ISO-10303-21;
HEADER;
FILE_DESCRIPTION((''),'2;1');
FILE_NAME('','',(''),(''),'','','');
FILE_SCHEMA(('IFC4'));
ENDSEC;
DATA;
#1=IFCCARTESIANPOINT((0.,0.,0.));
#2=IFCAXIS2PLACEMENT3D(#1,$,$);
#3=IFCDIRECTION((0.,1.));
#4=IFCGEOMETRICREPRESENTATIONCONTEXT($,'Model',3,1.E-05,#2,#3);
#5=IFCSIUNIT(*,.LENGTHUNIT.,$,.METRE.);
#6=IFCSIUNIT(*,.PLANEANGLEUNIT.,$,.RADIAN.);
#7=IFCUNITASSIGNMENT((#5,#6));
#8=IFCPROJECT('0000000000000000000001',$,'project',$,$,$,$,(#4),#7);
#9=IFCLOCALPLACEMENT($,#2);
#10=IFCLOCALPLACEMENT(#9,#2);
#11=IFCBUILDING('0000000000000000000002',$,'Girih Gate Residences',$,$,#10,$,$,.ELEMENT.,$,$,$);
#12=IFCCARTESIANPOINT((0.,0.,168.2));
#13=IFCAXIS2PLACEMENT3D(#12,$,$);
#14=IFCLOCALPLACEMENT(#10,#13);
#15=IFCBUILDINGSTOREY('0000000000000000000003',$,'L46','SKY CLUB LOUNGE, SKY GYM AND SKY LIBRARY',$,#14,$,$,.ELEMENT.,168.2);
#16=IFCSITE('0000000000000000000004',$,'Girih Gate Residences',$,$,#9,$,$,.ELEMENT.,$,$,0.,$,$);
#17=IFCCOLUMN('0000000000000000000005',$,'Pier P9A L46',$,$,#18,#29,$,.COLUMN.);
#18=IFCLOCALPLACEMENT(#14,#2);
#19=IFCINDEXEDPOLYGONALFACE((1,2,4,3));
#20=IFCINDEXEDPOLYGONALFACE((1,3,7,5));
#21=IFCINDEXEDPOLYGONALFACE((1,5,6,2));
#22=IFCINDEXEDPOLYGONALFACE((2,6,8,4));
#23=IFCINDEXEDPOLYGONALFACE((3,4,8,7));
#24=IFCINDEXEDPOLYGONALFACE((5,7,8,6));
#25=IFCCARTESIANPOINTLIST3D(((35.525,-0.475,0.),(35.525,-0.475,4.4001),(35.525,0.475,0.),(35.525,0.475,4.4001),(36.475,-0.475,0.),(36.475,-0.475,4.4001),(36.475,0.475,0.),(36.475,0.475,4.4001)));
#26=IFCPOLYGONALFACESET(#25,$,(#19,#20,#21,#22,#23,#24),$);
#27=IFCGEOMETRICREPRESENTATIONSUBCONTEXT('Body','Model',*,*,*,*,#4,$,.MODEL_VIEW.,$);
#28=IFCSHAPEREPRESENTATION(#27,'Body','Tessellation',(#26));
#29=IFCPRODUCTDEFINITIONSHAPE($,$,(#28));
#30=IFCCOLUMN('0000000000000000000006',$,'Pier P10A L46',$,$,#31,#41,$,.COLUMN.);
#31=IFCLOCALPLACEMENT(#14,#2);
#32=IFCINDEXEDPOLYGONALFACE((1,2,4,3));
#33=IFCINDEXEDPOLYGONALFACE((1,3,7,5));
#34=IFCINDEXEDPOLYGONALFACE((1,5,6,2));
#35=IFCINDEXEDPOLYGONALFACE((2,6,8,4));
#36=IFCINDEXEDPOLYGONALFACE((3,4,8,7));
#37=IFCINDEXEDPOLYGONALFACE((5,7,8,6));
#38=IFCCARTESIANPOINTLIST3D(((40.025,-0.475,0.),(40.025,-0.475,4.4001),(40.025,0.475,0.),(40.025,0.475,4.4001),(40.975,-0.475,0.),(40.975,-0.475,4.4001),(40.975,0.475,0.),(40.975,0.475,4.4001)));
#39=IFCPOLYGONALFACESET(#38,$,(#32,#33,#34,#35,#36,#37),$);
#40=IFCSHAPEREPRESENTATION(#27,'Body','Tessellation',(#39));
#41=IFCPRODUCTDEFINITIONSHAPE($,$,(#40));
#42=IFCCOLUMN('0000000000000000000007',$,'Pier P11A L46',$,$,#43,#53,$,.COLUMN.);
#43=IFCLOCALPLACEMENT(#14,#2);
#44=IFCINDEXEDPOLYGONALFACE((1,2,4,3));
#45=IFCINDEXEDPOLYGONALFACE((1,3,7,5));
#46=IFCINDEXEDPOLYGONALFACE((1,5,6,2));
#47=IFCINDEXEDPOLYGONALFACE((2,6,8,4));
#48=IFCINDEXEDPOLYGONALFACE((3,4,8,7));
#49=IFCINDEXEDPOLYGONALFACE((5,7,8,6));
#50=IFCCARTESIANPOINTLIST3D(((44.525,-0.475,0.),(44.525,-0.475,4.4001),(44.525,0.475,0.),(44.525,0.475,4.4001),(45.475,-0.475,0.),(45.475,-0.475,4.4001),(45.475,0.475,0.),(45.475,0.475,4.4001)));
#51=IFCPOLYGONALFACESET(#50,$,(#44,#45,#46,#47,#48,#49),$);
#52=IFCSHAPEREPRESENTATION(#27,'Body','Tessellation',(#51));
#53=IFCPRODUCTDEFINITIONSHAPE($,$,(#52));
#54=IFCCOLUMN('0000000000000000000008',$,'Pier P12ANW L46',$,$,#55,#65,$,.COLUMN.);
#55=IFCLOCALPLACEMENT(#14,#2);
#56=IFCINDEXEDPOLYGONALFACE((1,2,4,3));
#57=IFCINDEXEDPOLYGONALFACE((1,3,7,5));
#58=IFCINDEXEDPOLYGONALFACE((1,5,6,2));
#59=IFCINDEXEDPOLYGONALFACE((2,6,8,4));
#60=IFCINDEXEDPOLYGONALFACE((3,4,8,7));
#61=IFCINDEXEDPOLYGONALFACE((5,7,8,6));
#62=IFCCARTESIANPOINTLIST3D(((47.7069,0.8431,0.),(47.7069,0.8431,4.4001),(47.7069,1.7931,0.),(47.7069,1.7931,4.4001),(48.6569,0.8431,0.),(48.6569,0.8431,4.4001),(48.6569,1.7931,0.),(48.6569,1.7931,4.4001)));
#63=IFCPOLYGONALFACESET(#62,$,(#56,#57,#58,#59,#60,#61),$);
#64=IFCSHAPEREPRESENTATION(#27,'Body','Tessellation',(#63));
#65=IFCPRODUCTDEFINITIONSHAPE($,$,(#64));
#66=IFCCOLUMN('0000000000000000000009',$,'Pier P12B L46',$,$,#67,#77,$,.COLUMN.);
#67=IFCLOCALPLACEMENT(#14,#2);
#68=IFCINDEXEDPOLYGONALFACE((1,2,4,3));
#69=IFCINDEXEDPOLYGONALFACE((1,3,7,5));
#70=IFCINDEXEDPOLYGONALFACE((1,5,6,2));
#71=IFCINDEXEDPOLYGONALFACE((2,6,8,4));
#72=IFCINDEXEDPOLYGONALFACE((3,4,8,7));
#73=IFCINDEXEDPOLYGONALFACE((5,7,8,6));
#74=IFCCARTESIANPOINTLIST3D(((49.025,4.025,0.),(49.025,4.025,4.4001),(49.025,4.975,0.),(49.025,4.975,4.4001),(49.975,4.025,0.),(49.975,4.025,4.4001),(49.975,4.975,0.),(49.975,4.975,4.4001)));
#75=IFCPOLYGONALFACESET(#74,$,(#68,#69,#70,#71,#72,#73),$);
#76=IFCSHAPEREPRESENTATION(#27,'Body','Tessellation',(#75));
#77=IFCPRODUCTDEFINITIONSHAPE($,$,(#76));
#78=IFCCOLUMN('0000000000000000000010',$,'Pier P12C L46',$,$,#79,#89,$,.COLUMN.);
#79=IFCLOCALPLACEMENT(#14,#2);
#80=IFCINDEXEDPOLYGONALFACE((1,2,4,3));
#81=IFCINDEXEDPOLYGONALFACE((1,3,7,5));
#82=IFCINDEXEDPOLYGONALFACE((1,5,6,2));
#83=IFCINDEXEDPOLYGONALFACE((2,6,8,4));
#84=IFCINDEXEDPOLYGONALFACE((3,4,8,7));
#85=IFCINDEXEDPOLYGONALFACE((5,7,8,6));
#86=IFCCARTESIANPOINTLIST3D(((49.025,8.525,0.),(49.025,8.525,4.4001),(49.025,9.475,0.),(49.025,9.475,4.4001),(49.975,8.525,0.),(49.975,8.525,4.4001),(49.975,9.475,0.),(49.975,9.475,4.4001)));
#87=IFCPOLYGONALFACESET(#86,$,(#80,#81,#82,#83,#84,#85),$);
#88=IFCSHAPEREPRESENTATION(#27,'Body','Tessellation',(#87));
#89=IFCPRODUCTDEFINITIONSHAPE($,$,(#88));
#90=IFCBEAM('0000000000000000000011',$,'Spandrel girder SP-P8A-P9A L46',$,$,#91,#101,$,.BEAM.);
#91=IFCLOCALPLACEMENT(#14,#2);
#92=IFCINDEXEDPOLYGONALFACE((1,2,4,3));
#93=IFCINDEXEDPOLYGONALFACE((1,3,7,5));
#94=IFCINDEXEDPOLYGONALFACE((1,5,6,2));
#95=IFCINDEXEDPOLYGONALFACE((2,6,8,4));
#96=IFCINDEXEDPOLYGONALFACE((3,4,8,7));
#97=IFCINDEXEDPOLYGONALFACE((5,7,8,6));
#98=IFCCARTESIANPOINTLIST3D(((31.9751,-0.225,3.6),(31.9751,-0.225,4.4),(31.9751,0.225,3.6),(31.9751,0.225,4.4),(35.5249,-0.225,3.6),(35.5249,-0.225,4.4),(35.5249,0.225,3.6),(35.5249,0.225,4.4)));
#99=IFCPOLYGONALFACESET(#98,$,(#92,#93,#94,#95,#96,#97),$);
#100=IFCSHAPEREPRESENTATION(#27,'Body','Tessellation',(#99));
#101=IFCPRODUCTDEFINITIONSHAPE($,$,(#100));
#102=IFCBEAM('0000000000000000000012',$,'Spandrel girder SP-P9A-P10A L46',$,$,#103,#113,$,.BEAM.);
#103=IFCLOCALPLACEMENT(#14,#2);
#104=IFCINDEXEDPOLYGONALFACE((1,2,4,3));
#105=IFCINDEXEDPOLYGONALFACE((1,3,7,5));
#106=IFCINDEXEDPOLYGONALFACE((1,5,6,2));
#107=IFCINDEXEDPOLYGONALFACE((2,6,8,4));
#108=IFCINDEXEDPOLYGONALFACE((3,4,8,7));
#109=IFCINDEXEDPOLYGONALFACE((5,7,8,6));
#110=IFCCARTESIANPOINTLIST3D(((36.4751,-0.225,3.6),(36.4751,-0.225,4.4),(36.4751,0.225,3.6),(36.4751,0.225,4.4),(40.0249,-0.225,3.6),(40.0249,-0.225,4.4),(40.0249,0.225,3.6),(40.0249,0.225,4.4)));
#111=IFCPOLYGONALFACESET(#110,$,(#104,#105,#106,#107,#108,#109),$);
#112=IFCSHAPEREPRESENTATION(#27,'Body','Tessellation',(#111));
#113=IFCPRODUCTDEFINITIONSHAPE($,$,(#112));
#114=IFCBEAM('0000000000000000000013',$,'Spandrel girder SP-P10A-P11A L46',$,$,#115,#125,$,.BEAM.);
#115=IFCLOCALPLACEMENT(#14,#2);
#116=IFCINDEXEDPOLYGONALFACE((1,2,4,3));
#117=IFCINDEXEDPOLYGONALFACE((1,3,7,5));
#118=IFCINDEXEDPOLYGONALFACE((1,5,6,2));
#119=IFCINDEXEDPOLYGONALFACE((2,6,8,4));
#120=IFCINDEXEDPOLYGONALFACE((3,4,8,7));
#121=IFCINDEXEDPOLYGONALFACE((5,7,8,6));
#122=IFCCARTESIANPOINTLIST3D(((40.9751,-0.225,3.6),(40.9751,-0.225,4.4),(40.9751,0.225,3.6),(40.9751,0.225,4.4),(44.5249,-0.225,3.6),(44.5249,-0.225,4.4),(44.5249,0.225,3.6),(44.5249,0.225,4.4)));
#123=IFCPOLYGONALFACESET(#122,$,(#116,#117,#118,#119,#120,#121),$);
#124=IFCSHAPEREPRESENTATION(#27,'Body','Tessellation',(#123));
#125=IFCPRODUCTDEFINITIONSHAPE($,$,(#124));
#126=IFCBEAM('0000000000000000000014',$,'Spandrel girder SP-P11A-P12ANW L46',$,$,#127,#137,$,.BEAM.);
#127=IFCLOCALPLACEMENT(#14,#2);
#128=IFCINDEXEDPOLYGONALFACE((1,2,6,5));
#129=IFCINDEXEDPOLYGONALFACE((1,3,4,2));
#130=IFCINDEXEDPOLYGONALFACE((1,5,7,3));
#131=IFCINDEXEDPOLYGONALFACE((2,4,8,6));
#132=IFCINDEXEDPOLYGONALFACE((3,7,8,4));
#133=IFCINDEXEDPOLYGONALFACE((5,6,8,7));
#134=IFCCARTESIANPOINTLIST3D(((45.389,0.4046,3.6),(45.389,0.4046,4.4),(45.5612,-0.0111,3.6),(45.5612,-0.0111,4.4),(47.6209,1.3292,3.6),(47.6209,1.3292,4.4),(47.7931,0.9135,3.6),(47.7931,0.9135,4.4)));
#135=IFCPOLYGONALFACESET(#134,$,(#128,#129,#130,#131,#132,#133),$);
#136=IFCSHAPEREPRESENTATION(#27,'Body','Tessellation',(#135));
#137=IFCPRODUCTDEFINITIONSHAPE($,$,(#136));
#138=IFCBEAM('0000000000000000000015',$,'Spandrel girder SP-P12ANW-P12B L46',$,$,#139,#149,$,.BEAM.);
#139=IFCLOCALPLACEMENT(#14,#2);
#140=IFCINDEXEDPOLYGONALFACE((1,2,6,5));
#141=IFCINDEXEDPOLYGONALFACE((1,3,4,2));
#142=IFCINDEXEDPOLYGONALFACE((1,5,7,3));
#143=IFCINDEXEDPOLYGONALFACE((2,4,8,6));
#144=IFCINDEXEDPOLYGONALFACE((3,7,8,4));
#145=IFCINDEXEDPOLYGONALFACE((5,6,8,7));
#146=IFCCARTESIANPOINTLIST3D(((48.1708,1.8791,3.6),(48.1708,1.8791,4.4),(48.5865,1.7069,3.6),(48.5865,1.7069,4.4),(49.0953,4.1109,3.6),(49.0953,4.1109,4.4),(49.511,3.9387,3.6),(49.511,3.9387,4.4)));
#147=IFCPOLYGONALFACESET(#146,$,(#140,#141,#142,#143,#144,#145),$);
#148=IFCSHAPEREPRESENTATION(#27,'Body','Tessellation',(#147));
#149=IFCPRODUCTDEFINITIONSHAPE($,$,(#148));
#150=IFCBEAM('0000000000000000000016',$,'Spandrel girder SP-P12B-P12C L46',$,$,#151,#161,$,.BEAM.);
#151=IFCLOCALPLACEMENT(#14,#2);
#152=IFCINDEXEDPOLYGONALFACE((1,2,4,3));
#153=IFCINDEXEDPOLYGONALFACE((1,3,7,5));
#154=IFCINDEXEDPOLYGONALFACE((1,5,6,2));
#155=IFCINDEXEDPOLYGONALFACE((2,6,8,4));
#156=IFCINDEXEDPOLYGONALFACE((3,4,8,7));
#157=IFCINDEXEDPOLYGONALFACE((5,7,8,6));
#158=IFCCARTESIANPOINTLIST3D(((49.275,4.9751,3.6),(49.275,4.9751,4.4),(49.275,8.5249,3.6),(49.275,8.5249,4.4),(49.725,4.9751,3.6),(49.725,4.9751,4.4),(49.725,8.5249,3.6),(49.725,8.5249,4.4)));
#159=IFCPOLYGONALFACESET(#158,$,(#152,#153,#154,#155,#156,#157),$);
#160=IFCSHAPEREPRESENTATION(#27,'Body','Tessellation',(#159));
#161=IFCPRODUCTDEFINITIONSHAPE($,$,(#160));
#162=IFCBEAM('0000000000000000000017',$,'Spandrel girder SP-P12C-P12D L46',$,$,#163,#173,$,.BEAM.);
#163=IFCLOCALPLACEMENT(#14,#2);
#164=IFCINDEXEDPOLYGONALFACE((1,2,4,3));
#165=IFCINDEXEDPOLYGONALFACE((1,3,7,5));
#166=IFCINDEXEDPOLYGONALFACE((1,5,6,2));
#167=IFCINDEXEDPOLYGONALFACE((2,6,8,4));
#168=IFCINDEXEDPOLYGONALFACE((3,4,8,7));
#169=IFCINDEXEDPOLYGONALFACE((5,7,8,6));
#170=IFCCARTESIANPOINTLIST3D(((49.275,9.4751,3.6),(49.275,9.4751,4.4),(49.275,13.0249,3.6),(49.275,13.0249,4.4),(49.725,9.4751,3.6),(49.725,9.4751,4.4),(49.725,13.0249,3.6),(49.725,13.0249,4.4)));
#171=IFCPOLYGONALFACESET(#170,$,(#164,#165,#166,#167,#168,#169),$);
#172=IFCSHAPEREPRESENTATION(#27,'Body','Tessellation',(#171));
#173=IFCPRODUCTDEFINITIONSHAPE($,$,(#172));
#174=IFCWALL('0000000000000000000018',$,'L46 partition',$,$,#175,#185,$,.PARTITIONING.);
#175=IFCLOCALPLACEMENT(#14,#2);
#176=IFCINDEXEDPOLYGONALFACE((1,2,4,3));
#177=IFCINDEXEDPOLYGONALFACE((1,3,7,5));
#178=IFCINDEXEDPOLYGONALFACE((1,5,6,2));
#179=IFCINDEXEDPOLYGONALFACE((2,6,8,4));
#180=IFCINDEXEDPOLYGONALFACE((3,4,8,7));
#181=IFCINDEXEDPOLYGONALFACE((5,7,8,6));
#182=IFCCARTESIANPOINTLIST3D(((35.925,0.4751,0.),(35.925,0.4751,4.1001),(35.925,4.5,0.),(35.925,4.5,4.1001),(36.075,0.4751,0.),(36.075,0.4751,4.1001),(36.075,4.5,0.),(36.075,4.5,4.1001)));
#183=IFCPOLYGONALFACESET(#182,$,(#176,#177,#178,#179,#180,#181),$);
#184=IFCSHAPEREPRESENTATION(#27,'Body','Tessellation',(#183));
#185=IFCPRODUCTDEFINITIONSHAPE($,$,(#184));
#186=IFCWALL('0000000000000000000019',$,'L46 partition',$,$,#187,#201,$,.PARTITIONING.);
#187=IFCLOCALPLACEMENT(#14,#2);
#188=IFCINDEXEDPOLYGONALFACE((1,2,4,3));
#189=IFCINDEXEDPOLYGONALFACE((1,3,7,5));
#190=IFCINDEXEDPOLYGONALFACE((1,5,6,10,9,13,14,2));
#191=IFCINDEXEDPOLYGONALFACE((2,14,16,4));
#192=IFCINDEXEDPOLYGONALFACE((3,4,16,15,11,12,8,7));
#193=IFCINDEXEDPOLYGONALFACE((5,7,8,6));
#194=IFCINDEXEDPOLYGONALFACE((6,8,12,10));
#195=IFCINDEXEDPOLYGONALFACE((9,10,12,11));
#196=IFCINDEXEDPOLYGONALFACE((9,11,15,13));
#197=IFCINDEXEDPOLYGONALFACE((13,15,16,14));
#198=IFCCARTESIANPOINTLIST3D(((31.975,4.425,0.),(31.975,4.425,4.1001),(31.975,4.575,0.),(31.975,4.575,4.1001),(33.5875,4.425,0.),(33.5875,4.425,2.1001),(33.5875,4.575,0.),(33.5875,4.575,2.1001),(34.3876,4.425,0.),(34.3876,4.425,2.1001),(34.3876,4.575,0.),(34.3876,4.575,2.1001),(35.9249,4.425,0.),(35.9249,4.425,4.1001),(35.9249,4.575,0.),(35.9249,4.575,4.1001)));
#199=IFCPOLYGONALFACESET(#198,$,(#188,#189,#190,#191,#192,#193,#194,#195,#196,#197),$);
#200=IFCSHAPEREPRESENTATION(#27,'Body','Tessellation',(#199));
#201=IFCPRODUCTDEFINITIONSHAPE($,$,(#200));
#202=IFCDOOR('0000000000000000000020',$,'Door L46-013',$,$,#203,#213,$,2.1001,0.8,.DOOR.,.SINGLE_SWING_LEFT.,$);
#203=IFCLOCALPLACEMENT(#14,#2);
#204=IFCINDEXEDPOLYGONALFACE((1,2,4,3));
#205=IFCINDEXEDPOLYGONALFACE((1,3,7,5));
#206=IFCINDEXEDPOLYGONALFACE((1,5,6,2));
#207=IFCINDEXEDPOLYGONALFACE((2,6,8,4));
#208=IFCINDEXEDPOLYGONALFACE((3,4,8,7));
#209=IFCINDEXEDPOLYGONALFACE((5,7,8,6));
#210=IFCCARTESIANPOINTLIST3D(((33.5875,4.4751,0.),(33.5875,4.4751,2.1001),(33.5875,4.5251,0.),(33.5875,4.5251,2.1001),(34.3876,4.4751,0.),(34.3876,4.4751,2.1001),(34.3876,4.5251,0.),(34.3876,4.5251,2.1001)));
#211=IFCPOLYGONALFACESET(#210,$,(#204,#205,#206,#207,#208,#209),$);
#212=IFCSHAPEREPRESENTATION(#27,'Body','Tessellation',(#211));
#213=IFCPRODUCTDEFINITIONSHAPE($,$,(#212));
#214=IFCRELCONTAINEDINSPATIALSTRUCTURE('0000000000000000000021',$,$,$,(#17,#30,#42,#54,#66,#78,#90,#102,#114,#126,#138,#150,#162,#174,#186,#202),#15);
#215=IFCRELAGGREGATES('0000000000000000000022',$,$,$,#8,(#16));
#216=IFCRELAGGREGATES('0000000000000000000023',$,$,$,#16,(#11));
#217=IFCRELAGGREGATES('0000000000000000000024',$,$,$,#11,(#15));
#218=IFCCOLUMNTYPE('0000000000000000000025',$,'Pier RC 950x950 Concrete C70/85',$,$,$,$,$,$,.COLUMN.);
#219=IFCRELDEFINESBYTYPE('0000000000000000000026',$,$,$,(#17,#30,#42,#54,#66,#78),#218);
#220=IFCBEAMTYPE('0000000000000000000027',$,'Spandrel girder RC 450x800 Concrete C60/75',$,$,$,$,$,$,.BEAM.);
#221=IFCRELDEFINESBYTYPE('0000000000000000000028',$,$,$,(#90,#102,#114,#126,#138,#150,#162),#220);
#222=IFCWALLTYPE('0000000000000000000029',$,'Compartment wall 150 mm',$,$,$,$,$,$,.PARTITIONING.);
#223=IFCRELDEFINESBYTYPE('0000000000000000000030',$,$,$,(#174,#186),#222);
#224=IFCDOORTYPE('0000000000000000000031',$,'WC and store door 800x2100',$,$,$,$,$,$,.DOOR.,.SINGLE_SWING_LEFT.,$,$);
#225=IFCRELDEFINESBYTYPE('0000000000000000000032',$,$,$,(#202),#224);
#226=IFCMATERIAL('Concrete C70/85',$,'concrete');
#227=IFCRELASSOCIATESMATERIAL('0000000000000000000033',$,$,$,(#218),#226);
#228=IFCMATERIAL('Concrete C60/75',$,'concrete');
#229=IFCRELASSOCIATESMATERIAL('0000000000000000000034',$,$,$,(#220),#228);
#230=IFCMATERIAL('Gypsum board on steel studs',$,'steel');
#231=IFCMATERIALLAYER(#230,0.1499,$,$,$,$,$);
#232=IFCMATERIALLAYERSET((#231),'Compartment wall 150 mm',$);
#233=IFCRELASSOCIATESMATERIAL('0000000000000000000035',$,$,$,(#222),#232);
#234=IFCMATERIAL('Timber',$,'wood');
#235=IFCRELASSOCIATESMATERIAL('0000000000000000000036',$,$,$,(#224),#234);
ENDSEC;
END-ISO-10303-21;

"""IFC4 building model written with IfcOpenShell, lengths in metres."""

from ifc_helpers import new_model, si_unit, direction, frame, frame_2d, origin, origin_2d, place, context, subcontext, project, spatial, rectangle, extrude, material, layer, layer_set, material_profile, profile_set, type_object, element, fill, save


model = new_model("IFC4")

# Units and contexts
model_context = context("Model", 3, precision=1e-05, world=origin(), true_north=direction((0.0, 1.0)))
body_context = subcontext(model_context, "Body", "Model", "MODEL_VIEW")
ifc_project = project(units=[si_unit("LENGTHUNIT", "METRE"), si_unit("PLANEANGLEUNIT", "RADIAN")], contexts=[model_context])

# Site, building, storey
site_placement = place(None, origin())
site = spatial("IfcSite", under=ifc_project, at=site_placement, Name="Girih Gate Residences", CompositionType="ELEMENT", RefElevation=0.0)
building_placement = place(site_placement, origin())
building = spatial("IfcBuilding", under=site, at=building_placement, Name="Girih Gate Residences", CompositionType="ELEMENT")
storey_placement = place(building_placement, frame((0.0, 0.0, 168.2)))
storey = spatial("IfcBuildingStorey", under=building, at=storey_placement, Name="L46", Description="SKY CLUB LOUNGE, SKY GYM AND SKY LIBRARY", CompositionType="ELEMENT", Elevation=168.2)

# Columns
ifc_material_1 = material(Name="Concrete C70/85", Category="concrete")
ifc_material_profile_1 = material_profile(ifc_material_1, rectangle(XDim=0.95, YDim=0.95, at=origin_2d()))
ifc_profile_set_1 = profile_set([ifc_material_profile_1], Name="Concrete C70/85")
column_type = type_object("IfcColumnType", Name="Pier RC 950x950 Concrete C70/85", PredefinedType="COLUMN", material=ifc_profile_set_1)
for number, where, z_axis, x_axis, name in (
    (1, (36.0, 0.0, 0.0), (0.0, 0.0, 1.0), (1.0, 0.0, 0.0), "Pier P9A L46"),
    (2, (40.5, 0.0, 0.0), (0.0, 0.0, 1.0), (1.0, 0.0, 0.0), "Pier P10A L46"),
    (3, (45.0, 0.0, 0.0), (0.0, 0.0, 1.0), (1.0, 0.0, 0.0), "Pier P11A L46"),
    (4, (48.1819, 1.3181, 0.0), (0.0, 0.0, 1.0), (1.0, 0.0, 0.0), "Pier P12ANW L46"),
    (5, (49.5, 4.5, 0.0), (0.0, 0.0, 1.0), (1.0, 0.0, 0.0), "Pier P12B L46"),
    (6, (49.5, 9.0, 0.0), (0.0, 0.0, 1.0), (1.0, 0.0, 0.0), "Pier P12C L46"),
):
    element("IfcColumn", number, at=place(storey_placement, frame(where, z_axis=z_axis, x_axis=x_axis)), inside=storey, type_object=column_type, Name=name, PredefinedType="COLUMN", context=body_context, shape_type="SweptSolid", body=[
        extrude(rectangle(XDim=0.95, YDim=0.95, at=origin_2d()), origin(), (0.0, 0.0, 1.0), 4.4001),
    ])

# Beams
ifc_material_2 = material(Name="Concrete C60/75", Category="concrete")
ifc_material_profile_2 = material_profile(ifc_material_2, rectangle(XDim=0.45, YDim=0.8, at=origin_2d()))
ifc_profile_set_2 = profile_set([ifc_material_profile_2], Name="Concrete C60/75")
beam_type = type_object("IfcBeamType", Name="Spandrel girder RC 450x800 Concrete C60/75", PredefinedType="BEAM", material=ifc_profile_set_2)
for number, where, z_axis, x_axis, name in (
    (7, (31.9751, 0.0, 4.0), (1.0, 0.0, 0.0), (0.0, 1.0, 0.0), "Spandrel girder SP-P8A-P9A L46"),
    (8, (36.4751, 0.0, 4.0), (1.0, 0.0, 0.0), (0.0, 1.0, 0.0), "Spandrel girder SP-P9A-P10A L46"),
    (9, (40.9751, 0.0, 4.0), (1.0, 0.0, 0.0), (0.0, 1.0, 0.0), "Spandrel girder SP-P10A-P11A L46"),
):
    element("IfcBeam", number, at=place(storey_placement, frame(where, z_axis=z_axis, x_axis=x_axis)), inside=storey, type_object=beam_type, Name=name, PredefinedType="BEAM", context=body_context, shape_type="SweptSolid", body=[
        extrude(rectangle(XDim=0.45, YDim=0.8, at=origin_2d()), origin(), (0.0, 0.0, 1.0), 3.5498),
    ])
for number, where, z_axis, x_axis, name in (
    (10, (45.4751, 0.1968, 4.0), (0.92387, 0.382706, 0.0), (-0.382706, 0.92387, 0.0), "Spandrel girder SP-P11A-P12ANW L46"),
    (11, (48.3787, 1.793, 4.0), (0.382706, 0.92387, 0.0), (-0.92387, 0.382706, 0.0), "Spandrel girder SP-P12ANW-P12B L46"),
):
    element("IfcBeam", number, at=place(storey_placement, frame(where, z_axis=z_axis, x_axis=x_axis)), inside=storey, type_object=beam_type, Name=name, PredefinedType="BEAM", context=body_context, shape_type="SweptSolid", body=[
        extrude(rectangle(XDim=0.45, YDim=0.8, at=origin_2d()), origin(), (0.0, 0.0, 1.0), 2.4158),
    ])
for number, where, z_axis, x_axis, name in (
    (12, (49.5, 4.9751, 4.0), (0.0, 1.0, 0.0), (-1.0, 0.0, 0.0), "Spandrel girder SP-P12B-P12C L46"),
    (13, (49.5, 9.4751, 4.0), (0.0, 1.0, 0.0), (-1.0, 0.0, 0.0), "Spandrel girder SP-P12C-P12D L46"),
):
    element("IfcBeam", number, at=place(storey_placement, frame(where, z_axis=z_axis, x_axis=x_axis)), inside=storey, type_object=beam_type, Name=name, PredefinedType="BEAM", context=body_context, shape_type="SweptSolid", body=[
        extrude(rectangle(XDim=0.45, YDim=0.8, at=origin_2d()), origin(), (0.0, 0.0, 1.0), 3.5498),
    ])

# Wall
ifc_material_3 = material(Name="Gypsum board on steel studs", Category="steel")
ifc_layer_1 = layer(ifc_material_3, 0.1499)
ifc_layer_set_1 = layer_set([ifc_layer_1], Name="Compartment wall 150 mm")
wall_type_1 = type_object("IfcWallType", Name="Compartment wall 150 mm", PredefinedType="PARTITIONING", material=ifc_layer_set_1)
wall_1_placement = place(storey_placement, frame((36.0, 0.4751, 0.0), z_axis=(0.0, 0.0, 1.0), x_axis=(0.0, 1.0, 0.0)))
element("IfcWall", 14, at=wall_1_placement, inside=storey, type_object=wall_type_1, Name="L46 partition", PredefinedType="PARTITIONING", context=body_context, shape_type="SweptSolid", body=[
    extrude(rectangle(XDim=4.0249, YDim=0.1499, at=frame_2d((2.0125, 0.0))), origin(), (0.0, 0.0, 1.0), 4.1001),
])

# Wall, opening, door
wall_2_placement = place(storey_placement, frame((35.925, 4.5, 0.0), z_axis=(0.0, 0.0, 1.0), x_axis=(-1.0, 0.0, 0.0)))
wall_2 = element("IfcWall", 15, at=wall_2_placement, inside=storey, type_object=wall_type_1, Name="L46 partition", PredefinedType="PARTITIONING", context=body_context, shape_type="SweptSolid", body=[
    extrude(rectangle(XDim=3.95, YDim=0.1499, at=frame_2d((1.9751, 0.0))), origin(), (0.0, 0.0, 1.0), 4.1001),
])
opening_1_placement = place(wall_2_placement, frame((1.5376, 0.0, 0.0)))
opening_1 = element("IfcOpeningElement", 16, at=opening_1_placement, cuts=wall_2, PredefinedType="OPENING", context=body_context, shape_type="SweptSolid", body=[
    extrude(rectangle(XDim=0.8, YDim=2.1001, at=frame_2d((0.3999, 1.05))), frame((0.0, 0.085, 0.0), z_axis=(0.0, -1.0, 0.0), x_axis=(1.0, 0.0, 0.0)), (0.0, 0.0, 1.0), 0.1699),
])
ifc_material_4 = material(Name="Timber", Category="wood")
door_type_1 = type_object("IfcDoorType", Name="WC and store door 800x2100", OperationType="SINGLE_SWING_LEFT", PredefinedType="DOOR", material=ifc_material_4)
door_1_placement = place(opening_1_placement, origin())
door_1 = element("IfcDoor", 17, at=door_1_placement, inside=storey, type_object=door_type_1, Name="Door L46-013", OperationType="SINGLE_SWING_LEFT", OverallHeight=2.1001, OverallWidth=0.8, PredefinedType="DOOR", context=body_context, shape_type="SweptSolid", body=[
    extrude(rectangle(XDim=0.8, YDim=2.1001, at=frame_2d((0.3999, 1.05))), frame((0.0, 0.0249, 0.0), z_axis=(0.0, -1.0, 0.0), x_axis=(1.0, 0.0, 0.0)), (0.0, 0.0, 1.0), 0.05),
])
fill(opening_1, door_1)

save(model, "model.ifc")
